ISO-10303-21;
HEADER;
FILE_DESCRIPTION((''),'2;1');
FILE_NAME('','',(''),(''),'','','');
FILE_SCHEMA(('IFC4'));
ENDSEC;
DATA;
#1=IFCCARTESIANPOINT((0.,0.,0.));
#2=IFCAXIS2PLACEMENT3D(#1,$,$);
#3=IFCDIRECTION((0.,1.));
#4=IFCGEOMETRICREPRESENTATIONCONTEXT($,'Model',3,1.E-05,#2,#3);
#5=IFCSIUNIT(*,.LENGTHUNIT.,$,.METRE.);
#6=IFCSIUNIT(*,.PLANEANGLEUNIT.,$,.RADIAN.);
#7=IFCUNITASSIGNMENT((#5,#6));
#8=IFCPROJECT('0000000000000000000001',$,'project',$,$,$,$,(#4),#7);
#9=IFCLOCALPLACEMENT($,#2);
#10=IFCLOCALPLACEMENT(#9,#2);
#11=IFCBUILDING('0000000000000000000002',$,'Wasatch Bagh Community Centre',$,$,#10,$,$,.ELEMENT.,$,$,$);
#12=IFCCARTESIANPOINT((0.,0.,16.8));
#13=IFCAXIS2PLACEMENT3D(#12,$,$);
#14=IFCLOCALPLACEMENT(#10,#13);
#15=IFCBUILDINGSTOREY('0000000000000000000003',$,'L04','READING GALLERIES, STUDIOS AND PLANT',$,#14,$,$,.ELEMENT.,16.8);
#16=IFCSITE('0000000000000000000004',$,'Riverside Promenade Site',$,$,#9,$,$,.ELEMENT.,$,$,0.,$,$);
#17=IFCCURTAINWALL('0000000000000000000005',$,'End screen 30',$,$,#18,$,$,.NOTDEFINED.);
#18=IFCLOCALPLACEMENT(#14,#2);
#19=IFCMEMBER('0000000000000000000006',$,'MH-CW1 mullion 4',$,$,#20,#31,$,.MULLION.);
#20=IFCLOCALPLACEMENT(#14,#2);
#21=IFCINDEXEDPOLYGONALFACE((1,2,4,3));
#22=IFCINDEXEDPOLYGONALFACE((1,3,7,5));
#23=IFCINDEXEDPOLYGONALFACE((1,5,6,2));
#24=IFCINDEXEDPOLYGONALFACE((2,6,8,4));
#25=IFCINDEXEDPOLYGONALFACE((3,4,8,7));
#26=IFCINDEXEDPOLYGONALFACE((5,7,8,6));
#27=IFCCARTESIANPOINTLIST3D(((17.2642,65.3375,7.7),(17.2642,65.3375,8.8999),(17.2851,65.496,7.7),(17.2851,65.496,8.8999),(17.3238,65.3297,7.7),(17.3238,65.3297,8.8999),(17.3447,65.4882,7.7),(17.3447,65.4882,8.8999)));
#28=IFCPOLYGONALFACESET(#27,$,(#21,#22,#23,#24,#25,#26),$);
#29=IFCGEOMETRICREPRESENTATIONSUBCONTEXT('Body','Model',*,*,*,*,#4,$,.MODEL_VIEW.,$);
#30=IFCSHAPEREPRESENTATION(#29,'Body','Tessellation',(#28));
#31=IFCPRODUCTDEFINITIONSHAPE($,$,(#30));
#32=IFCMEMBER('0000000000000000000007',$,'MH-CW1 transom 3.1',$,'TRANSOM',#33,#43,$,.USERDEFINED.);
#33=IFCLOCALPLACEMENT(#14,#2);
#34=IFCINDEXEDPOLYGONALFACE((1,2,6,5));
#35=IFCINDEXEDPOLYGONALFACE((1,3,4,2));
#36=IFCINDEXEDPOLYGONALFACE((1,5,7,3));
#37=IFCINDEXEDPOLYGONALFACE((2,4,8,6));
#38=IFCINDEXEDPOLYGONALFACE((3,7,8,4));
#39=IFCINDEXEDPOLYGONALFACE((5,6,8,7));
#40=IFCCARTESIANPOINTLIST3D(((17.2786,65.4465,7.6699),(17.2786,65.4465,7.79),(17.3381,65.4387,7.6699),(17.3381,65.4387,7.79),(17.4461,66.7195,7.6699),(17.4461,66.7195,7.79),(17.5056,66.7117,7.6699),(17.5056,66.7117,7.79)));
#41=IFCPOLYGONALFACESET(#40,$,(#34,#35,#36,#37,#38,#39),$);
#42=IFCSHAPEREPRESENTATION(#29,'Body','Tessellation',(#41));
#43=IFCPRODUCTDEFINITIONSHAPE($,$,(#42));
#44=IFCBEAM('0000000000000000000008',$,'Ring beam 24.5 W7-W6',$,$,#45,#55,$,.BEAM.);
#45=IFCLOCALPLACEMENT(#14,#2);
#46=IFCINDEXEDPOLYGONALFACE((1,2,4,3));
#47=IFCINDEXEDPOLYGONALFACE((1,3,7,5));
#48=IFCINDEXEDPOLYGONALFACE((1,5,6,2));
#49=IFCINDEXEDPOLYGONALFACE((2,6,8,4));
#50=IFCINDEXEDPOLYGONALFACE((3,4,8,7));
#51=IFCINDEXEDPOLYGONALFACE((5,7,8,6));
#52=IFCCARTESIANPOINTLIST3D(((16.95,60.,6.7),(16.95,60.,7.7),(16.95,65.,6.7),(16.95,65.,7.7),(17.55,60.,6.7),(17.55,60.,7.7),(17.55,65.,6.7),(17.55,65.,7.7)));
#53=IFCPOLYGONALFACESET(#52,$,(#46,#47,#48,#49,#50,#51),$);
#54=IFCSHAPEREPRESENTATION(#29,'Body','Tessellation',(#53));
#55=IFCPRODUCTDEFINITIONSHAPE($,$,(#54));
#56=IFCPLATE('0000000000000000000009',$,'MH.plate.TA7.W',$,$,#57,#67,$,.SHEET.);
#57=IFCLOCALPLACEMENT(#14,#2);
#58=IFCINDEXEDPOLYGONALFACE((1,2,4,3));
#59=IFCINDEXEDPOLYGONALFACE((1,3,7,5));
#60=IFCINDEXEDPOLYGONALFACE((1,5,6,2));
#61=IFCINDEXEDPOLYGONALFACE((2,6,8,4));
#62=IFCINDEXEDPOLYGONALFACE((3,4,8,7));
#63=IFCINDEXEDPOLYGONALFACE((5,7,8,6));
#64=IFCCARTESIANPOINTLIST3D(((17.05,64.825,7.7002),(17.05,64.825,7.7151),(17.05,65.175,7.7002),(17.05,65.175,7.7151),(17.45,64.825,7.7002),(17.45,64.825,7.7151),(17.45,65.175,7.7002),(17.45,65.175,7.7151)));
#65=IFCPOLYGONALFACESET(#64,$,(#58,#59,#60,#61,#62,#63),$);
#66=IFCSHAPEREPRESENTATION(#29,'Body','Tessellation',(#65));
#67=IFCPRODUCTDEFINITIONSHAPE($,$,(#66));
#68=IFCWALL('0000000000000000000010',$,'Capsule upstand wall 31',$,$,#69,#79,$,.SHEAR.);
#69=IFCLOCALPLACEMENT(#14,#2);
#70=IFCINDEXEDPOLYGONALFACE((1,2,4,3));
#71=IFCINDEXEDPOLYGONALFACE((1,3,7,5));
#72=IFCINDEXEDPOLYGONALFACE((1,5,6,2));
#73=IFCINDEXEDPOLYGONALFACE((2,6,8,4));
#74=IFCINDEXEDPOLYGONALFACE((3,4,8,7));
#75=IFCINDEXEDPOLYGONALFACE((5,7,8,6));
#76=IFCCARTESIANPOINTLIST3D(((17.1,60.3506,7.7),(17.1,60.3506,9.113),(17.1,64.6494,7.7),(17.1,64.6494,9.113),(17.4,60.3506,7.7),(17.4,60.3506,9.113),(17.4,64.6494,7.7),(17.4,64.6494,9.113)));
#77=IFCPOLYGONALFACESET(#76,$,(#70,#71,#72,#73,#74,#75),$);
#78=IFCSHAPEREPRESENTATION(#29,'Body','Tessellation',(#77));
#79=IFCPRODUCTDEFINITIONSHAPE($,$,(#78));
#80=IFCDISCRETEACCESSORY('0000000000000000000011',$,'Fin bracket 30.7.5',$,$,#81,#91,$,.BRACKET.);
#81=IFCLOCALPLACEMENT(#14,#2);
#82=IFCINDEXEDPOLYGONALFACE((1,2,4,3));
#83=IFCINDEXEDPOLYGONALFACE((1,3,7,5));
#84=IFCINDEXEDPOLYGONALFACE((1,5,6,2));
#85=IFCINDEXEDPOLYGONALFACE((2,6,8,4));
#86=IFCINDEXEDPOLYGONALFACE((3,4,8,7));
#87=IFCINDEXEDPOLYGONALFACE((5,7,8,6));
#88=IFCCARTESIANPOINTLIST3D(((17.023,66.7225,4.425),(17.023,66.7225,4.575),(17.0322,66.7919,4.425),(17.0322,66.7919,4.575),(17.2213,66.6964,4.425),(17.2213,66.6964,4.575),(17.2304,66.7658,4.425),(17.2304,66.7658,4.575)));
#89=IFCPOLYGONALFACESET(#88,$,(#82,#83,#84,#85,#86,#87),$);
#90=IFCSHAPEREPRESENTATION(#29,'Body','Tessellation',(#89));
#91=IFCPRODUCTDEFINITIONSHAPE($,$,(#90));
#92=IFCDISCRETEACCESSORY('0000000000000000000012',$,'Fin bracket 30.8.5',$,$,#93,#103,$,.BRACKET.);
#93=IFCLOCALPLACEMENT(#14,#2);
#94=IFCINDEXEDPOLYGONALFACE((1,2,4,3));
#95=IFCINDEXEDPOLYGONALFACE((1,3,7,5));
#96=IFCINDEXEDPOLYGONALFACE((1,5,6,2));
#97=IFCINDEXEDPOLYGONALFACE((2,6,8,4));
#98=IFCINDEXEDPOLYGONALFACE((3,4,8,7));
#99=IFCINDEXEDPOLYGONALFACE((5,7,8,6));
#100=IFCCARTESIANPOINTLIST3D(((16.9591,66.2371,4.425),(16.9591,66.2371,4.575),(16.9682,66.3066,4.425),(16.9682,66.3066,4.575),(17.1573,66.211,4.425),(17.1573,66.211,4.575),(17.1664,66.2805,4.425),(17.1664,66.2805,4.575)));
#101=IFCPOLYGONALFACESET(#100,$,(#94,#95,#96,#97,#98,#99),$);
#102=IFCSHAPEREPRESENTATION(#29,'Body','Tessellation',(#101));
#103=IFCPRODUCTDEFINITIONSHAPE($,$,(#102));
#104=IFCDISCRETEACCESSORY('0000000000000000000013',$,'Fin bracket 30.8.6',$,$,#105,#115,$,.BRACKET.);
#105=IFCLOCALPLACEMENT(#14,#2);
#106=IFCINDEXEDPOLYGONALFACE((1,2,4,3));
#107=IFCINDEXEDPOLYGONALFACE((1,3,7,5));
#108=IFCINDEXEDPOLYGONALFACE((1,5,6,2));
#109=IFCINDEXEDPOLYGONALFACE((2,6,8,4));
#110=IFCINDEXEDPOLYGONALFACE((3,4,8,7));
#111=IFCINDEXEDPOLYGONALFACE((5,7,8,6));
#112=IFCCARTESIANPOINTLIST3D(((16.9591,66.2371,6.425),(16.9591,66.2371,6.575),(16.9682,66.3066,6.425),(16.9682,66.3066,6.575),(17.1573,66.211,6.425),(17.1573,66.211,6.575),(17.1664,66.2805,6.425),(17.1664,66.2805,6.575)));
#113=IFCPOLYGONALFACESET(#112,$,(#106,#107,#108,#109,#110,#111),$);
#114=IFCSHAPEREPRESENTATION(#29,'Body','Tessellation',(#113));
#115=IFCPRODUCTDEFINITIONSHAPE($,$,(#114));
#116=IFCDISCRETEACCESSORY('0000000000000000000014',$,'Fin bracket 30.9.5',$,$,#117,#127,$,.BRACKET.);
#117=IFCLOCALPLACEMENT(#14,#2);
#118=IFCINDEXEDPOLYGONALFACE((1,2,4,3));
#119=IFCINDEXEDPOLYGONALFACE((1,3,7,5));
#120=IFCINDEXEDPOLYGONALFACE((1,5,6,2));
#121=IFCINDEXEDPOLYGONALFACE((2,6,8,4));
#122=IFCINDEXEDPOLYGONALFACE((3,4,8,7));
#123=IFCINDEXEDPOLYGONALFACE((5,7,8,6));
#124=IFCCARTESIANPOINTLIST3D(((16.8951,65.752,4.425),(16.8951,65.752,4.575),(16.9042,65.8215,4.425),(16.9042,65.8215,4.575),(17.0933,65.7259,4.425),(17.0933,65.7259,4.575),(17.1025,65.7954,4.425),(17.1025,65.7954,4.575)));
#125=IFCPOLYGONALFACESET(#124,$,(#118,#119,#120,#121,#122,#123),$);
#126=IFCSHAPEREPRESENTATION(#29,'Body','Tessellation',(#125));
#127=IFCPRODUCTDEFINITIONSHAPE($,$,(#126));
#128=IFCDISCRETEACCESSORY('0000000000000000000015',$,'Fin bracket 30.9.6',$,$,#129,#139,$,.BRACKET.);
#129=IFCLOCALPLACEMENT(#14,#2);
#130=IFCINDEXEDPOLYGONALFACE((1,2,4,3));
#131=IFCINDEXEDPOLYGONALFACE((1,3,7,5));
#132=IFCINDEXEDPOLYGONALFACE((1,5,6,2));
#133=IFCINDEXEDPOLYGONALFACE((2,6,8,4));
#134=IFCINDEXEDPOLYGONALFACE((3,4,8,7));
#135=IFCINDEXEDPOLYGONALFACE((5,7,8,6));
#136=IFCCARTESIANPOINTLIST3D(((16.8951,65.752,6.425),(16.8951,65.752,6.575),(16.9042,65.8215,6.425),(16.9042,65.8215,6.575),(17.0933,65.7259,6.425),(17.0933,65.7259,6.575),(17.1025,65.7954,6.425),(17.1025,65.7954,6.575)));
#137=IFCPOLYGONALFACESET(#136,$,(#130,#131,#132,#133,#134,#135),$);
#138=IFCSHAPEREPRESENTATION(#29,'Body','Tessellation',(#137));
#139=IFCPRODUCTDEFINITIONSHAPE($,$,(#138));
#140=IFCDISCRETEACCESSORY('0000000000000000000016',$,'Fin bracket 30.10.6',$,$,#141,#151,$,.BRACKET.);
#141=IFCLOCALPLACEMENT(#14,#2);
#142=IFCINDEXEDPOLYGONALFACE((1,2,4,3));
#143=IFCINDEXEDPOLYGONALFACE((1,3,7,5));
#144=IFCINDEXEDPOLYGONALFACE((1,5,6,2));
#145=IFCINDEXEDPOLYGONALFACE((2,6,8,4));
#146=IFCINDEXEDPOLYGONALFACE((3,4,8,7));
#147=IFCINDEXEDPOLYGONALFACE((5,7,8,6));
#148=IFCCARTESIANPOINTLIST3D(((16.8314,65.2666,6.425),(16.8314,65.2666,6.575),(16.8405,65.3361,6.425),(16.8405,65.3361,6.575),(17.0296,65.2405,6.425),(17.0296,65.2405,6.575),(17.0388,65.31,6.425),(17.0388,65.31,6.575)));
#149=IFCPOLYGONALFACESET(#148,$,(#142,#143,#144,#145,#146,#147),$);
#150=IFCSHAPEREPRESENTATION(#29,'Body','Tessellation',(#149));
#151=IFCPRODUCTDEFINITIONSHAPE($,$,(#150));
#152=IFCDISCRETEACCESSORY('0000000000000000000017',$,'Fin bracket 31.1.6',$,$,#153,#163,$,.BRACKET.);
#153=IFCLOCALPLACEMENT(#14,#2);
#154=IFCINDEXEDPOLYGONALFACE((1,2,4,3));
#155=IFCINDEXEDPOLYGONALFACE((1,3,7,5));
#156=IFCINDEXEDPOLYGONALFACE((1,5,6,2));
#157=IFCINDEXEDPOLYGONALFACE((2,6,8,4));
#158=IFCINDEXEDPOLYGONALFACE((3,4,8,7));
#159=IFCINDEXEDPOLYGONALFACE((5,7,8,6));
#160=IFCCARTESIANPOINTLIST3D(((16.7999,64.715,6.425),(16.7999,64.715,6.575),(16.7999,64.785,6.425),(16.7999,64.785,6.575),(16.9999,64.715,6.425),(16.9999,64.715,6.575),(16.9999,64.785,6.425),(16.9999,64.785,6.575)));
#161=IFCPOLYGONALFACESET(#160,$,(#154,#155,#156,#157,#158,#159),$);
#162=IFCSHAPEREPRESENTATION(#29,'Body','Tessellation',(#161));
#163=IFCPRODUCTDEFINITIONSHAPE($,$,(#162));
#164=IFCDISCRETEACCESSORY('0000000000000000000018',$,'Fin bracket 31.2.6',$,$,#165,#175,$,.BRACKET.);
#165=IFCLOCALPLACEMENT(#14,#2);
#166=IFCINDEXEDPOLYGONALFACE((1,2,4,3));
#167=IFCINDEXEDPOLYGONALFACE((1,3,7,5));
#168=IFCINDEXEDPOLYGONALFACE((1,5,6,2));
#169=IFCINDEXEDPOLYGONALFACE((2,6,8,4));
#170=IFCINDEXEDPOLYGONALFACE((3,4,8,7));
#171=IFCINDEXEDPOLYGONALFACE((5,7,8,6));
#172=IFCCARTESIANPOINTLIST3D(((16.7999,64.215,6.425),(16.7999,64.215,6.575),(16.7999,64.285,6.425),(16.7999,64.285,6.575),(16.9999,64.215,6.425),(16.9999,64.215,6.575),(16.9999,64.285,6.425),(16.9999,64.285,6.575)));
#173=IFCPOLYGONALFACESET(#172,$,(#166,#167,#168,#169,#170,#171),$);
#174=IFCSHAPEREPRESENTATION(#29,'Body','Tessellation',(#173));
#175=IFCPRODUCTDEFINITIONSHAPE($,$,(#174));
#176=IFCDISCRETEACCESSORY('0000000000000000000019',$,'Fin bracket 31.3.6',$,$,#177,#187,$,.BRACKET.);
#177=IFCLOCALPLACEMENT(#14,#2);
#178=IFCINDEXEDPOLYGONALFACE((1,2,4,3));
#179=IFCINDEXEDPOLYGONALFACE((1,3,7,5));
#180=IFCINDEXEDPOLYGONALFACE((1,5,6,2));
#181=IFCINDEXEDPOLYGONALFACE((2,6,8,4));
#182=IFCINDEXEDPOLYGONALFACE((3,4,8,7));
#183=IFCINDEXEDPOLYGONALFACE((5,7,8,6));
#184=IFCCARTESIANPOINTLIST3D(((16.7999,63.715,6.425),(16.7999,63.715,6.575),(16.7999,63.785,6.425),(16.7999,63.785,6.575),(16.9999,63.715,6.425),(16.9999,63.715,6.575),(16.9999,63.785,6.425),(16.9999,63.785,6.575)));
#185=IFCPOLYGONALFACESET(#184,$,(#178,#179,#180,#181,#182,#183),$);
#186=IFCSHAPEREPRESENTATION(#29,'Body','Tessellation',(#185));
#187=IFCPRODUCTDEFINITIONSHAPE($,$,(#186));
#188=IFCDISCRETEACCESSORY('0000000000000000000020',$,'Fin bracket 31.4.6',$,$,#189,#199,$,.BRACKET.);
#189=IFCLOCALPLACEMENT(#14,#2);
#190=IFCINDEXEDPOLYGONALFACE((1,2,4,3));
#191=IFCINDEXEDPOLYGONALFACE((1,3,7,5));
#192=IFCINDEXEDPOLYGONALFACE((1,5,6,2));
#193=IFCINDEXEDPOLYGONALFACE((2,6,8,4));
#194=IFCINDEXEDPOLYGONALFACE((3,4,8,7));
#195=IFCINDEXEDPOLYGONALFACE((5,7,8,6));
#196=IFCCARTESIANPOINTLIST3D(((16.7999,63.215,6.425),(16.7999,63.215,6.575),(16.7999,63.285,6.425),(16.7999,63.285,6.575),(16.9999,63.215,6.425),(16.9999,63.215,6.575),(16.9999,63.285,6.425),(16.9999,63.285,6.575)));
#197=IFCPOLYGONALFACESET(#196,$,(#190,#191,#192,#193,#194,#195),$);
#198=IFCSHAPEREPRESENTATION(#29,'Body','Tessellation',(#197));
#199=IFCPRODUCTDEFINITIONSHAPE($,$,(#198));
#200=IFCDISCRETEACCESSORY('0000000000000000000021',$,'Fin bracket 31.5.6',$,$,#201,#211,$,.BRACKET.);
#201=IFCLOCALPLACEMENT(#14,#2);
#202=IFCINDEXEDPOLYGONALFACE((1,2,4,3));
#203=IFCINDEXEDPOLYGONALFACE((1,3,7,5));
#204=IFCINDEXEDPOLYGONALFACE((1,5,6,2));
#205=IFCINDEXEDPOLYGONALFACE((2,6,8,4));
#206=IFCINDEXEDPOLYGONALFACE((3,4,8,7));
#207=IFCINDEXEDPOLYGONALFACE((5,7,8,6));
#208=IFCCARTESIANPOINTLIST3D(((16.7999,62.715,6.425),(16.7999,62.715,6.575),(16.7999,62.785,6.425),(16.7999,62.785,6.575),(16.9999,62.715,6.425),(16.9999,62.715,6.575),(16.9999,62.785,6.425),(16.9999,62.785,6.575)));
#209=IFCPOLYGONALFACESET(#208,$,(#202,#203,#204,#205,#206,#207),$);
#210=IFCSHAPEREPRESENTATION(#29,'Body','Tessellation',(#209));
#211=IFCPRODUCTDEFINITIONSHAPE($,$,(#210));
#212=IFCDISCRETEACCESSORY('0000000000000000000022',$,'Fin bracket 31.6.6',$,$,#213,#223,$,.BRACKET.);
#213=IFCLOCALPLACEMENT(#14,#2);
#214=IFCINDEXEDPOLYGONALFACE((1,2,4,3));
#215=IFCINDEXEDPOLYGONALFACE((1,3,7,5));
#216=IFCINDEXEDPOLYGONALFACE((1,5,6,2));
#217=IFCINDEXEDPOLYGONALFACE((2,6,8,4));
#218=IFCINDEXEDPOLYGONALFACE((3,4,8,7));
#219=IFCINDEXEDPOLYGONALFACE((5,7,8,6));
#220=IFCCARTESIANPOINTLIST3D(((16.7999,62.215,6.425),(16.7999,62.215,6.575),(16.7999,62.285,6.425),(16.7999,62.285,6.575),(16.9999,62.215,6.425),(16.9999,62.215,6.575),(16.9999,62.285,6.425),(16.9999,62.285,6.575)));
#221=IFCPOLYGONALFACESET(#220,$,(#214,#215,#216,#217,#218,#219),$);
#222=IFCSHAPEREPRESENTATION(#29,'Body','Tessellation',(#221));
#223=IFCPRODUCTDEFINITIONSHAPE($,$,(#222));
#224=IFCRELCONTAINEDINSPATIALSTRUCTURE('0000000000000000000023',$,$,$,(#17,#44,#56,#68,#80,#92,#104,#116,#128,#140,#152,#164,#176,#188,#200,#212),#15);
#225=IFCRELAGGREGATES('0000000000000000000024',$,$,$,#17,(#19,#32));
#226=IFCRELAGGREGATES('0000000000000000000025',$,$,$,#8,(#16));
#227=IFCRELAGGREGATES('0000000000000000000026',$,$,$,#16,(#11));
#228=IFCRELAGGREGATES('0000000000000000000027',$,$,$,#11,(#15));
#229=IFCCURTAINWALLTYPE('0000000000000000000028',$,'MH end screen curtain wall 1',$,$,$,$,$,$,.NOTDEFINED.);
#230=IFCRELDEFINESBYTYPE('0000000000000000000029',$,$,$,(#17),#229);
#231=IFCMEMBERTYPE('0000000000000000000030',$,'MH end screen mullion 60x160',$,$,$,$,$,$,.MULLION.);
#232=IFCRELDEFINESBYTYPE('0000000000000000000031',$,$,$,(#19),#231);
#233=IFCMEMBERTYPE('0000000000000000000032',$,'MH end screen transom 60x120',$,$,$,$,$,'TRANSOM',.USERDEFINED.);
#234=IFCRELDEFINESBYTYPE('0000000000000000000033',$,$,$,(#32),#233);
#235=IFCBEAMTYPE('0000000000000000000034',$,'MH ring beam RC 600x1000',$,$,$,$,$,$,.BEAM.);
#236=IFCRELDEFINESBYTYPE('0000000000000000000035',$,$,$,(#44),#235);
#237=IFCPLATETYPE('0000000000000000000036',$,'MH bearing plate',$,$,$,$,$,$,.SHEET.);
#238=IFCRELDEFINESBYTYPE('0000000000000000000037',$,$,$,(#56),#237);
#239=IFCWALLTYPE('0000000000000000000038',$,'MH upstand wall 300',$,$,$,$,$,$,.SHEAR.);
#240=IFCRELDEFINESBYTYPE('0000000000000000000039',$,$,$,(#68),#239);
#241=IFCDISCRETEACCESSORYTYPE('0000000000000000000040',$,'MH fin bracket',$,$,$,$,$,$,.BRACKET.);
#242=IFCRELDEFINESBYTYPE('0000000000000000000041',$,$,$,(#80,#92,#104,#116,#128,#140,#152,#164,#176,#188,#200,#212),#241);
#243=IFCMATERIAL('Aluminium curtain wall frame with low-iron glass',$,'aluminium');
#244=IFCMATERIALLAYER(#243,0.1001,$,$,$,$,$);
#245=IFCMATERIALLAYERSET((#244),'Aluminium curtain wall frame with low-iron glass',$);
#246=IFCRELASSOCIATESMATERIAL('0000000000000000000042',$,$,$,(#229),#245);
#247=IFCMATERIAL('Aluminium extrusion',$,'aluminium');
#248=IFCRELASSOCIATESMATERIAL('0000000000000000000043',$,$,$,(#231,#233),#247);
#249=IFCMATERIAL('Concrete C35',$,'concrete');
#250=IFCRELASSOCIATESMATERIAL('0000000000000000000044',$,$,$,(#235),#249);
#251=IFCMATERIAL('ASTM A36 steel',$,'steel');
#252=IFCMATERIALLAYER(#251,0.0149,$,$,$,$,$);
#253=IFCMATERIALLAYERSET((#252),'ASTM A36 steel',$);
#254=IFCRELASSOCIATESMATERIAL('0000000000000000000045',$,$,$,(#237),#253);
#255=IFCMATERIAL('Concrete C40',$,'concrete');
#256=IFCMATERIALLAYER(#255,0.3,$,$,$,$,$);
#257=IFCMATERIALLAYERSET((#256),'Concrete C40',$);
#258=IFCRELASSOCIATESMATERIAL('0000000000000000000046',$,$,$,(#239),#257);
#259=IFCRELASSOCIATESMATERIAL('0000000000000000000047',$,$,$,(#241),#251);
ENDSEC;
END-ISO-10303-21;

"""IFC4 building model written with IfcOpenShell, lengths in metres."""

from ifc_helpers import new_model, si_unit, direction, frame, frame_2d, origin, origin_2d, place, context, subcontext, project, spatial, rectangle, extrude, material, layer, layer_set, material_profile, profile_set, type_object, element, aggregate, save


model = new_model("IFC4")

# Units and contexts
model_context = context("Model", 3, precision=1e-05, world=origin(), true_north=direction((0.0, 1.0)))
body_context = subcontext(model_context, "Body", "Model", "MODEL_VIEW")
ifc_project = project(units=[si_unit("LENGTHUNIT", "METRE"), si_unit("PLANEANGLEUNIT", "RADIAN")], contexts=[model_context])

# Site, building, storey
site_placement = place(None, origin())
site = spatial("IfcSite", under=ifc_project, at=site_placement, Name="Riverside Promenade Site", CompositionType="ELEMENT", RefElevation=0.0)
building_placement = place(site_placement, origin())
building = spatial("IfcBuilding", under=site, at=building_placement, Name="Wasatch Bagh Community Centre", CompositionType="ELEMENT")
storey_placement = place(building_placement, frame((0.0, 0.0, 16.8)))
storey = spatial("IfcBuildingStorey", under=building, at=storey_placement, Name="L04", Description="READING GALLERIES, STUDIOS AND PLANT", CompositionType="ELEMENT", Elevation=16.8)

# Curtain wall, members
ifc_material_1 = material(Name="Aluminium curtain wall frame with low-iron glass", Category="aluminium")
ifc_layer_1 = layer(ifc_material_1, 0.1001)
ifc_layer_set_1 = layer_set([ifc_layer_1], Name="Aluminium curtain wall frame with low-iron glass")
curtain_wall_type = type_object("IfcCurtainWallType", Name="MH end screen curtain wall 1", PredefinedType="NOTDEFINED", material=ifc_layer_set_1)
curtain_wall_placement = place(storey_placement, origin())
curtain_wall = element("IfcCurtainWall", 1, at=curtain_wall_placement, inside=storey, type_object=curtain_wall_type, Name="End screen 30", PredefinedType="NOTDEFINED")
ifc_material_2 = material(Name="Aluminium extrusion", Category="aluminium")
ifc_material_profile_1 = material_profile(ifc_material_2, rectangle(XDim=0.0601, YDim=0.1599, at=origin_2d()), Name="AL 60x160")
ifc_profile_set_1 = profile_set([ifc_material_profile_1], Name="Aluminium extrusion")
member_type_1 = type_object("IfcMemberType", Name="MH end screen mullion 60x160", PredefinedType="MULLION", material=ifc_profile_set_1)
member_1_placement = place(storey_placement, frame((17.3044, 65.4128, 7.7), z_axis=(0.0, 0.0, 1.0), x_axis=(0.991445, -0.130526, 0.0)))
member_1 = element("IfcMember", 2, at=member_1_placement, type_object=member_type_1, Name="MH-CW1 mullion 4", PredefinedType="MULLION", context=body_context, shape_type="SweptSolid", body=[
    extrude(rectangle(XDim=0.0601, YDim=0.1599, at=origin_2d()), origin(), (0.0, 0.0, 1.0), 1.2),
])
ifc_material_profile_2 = material_profile(ifc_material_2, rectangle(XDim=0.0601, YDim=0.1201, at=origin_2d()), Name="AL 60x120")
ifc_profile_set_2 = profile_set([ifc_material_profile_2], Name="Aluminium extrusion")
member_type_2 = type_object("IfcMemberType", Name="MH end screen transom 60x120", ElementType="TRANSOM", PredefinedType="USERDEFINED", material=ifc_profile_set_2)
member_2_placement = place(storey_placement, frame((17.4758, 66.7156, 7.73), z_axis=(-0.130445, -0.991456, 0.0), x_axis=(0.991456, -0.130445, 0.0)))
member_2 = element("IfcMember", 3, at=member_2_placement, type_object=member_type_2, Name="MH-CW1 transom 3.1", ObjectType="TRANSOM", PredefinedType="USERDEFINED", context=body_context, shape_type="SweptSolid", body=[
    extrude(rectangle(XDim=0.0601, YDim=0.1201, at=origin_2d()), origin(), (0.0, 0.0, 1.0), 1.2839),
])
aggregate(curtain_wall, [member_1, member_2])

# Beam
ifc_material_3 = material(Name="Concrete C35", Category="concrete")
ifc_material_profile_3 = material_profile(ifc_material_3, rectangle(XDim=0.6001, YDim=1.0, at=origin_2d()), Name="RC 600x1000")
ifc_profile_set_3 = profile_set([ifc_material_profile_3], Name="Concrete C35")
beam_type = type_object("IfcBeamType", Name="MH ring beam RC 600x1000", PredefinedType="BEAM", material=ifc_profile_set_3)
beam_placement = place(storey_placement, frame((17.25, 65.0, 7.2), z_axis=(0.0, -1.0, 0.0), x_axis=(1.0, 0.0, 0.0)))
element("IfcBeam", 4, at=beam_placement, inside=storey, type_object=beam_type, Name="Ring beam 24.5 W7-W6", PredefinedType="BEAM", context=body_context, shape_type="SweptSolid", body=[
    extrude(rectangle(XDim=0.6001, YDim=1.0, at=origin_2d()), origin(), (0.0, 0.0, 1.0), 5.0),
])

# Plate
ifc_material_4 = material(Name="ASTM A36 steel", Category="steel")
ifc_layer_2 = layer(ifc_material_4, 0.0149)
ifc_layer_set_2 = layer_set([ifc_layer_2], Name="ASTM A36 steel")
plate_type = type_object("IfcPlateType", Name="MH bearing plate", PredefinedType="SHEET", material=ifc_layer_set_2)
plate_placement = place(storey_placement, frame((17.25, 65.0, 7.7002), z_axis=(0.0, 0.0, 1.0), x_axis=(1.0, 0.0, 0.0)))
element("IfcPlate", 5, at=plate_placement, inside=storey, type_object=plate_type, Name="MH.plate.TA7.W", PredefinedType="SHEET", context=body_context, shape_type="SweptSolid", body=[
    extrude(rectangle(XDim=0.3999, YDim=0.3501, at=origin_2d()), origin(), (0.0, 0.0, 1.0), 0.0149),
])

# Wall
ifc_material_5 = material(Name="Concrete C40", Category="concrete")
ifc_layer_3 = layer(ifc_material_5, 0.3)
ifc_layer_set_3 = layer_set([ifc_layer_3], Name="Concrete C40")
wall_type = type_object("IfcWallType", Name="MH upstand wall 300", PredefinedType="SHEAR", material=ifc_layer_set_3)
wall_placement = place(storey_placement, frame((17.25, 64.6494, 7.7), z_axis=(0.0, 0.0, 1.0), x_axis=(0.0, -1.0, 0.0)))
element("IfcWall", 6, at=wall_placement, inside=storey, type_object=wall_type, Name="Capsule upstand wall 31", PredefinedType="SHEAR", context=body_context, shape_type="SweptSolid", body=[
    extrude(rectangle(XDim=4.2988, YDim=0.3, at=frame_2d((2.1494, 0.0))), origin(), (0.0, 0.0, 1.0), 1.4131),
])

# Discrete accessories
discrete_accessory_type_1 = type_object("IfcDiscreteAccessoryType", Name="MH fin bracket", PredefinedType="BRACKET", material=ifc_material_4)
for number, where, z_axis, x_axis, name in (
    (7, (17.1267, 66.7441, 4.425), (0.0, 0.0, 1.0), (-0.130526, -0.991445, 0.0), "Fin bracket 30.7.5"),
    (8, (17.0627, 66.2588, 4.425), (0.0, 0.0, 1.0), (-0.130526, -0.991445, 0.0), "Fin bracket 30.8.5"),
    (9, (17.0627, 66.2588, 6.425), (0.0, 0.0, 1.0), (-0.130526, -0.991445, 0.0), "Fin bracket 30.8.6"),
    (10, (16.9988, 65.7737, 4.425), (0.0, 0.0, 1.0), (-0.130526, -0.991445, 0.0), "Fin bracket 30.9.5"),
    (11, (16.9988, 65.7737, 6.425), (0.0, 0.0, 1.0), (-0.130526, -0.991445, 0.0), "Fin bracket 30.9.6"),
    (12, (16.9351, 65.2883, 6.425), (0.0, 0.0, 1.0), (-0.130526, -0.991445, 0.0), "Fin bracket 30.10.6"),
    (13, (16.8999, 64.75, 6.425), (0.0, 0.0, 1.0), (0.0, -1.0, 0.0), "Fin bracket 31.1.6"),
    (14, (16.8999, 64.25, 6.425), (0.0, 0.0, 1.0), (0.0, -1.0, 0.0), "Fin bracket 31.2.6"),
    (15, (16.8999, 63.75, 6.425), (0.0, 0.0, 1.0), (0.0, -1.0, 0.0), "Fin bracket 31.3.6"),
    (16, (16.8999, 63.25, 6.425), (0.0, 0.0, 1.0), (0.0, -1.0, 0.0), "Fin bracket 31.4.6"),
    (17, (16.8999, 62.75, 6.425), (0.0, 0.0, 1.0), (0.0, -1.0, 0.0), "Fin bracket 31.5.6"),
    (18, (16.8999, 62.25, 6.425), (0.0, 0.0, 1.0), (0.0, -1.0, 0.0), "Fin bracket 31.6.6"),
):
    element("IfcDiscreteAccessory", number, at=place(storey_placement, frame(where, z_axis=z_axis, x_axis=x_axis)), inside=storey, type_object=discrete_accessory_type_1, Name=name, PredefinedType="BRACKET", context=body_context, shape_type="SweptSolid", body=[
        extrude(rectangle(XDim=0.0701, YDim=0.2, at=origin_2d()), origin(), (0.0, 0.0, 1.0), 0.1499),
    ])

save(model, "model.ifc")
